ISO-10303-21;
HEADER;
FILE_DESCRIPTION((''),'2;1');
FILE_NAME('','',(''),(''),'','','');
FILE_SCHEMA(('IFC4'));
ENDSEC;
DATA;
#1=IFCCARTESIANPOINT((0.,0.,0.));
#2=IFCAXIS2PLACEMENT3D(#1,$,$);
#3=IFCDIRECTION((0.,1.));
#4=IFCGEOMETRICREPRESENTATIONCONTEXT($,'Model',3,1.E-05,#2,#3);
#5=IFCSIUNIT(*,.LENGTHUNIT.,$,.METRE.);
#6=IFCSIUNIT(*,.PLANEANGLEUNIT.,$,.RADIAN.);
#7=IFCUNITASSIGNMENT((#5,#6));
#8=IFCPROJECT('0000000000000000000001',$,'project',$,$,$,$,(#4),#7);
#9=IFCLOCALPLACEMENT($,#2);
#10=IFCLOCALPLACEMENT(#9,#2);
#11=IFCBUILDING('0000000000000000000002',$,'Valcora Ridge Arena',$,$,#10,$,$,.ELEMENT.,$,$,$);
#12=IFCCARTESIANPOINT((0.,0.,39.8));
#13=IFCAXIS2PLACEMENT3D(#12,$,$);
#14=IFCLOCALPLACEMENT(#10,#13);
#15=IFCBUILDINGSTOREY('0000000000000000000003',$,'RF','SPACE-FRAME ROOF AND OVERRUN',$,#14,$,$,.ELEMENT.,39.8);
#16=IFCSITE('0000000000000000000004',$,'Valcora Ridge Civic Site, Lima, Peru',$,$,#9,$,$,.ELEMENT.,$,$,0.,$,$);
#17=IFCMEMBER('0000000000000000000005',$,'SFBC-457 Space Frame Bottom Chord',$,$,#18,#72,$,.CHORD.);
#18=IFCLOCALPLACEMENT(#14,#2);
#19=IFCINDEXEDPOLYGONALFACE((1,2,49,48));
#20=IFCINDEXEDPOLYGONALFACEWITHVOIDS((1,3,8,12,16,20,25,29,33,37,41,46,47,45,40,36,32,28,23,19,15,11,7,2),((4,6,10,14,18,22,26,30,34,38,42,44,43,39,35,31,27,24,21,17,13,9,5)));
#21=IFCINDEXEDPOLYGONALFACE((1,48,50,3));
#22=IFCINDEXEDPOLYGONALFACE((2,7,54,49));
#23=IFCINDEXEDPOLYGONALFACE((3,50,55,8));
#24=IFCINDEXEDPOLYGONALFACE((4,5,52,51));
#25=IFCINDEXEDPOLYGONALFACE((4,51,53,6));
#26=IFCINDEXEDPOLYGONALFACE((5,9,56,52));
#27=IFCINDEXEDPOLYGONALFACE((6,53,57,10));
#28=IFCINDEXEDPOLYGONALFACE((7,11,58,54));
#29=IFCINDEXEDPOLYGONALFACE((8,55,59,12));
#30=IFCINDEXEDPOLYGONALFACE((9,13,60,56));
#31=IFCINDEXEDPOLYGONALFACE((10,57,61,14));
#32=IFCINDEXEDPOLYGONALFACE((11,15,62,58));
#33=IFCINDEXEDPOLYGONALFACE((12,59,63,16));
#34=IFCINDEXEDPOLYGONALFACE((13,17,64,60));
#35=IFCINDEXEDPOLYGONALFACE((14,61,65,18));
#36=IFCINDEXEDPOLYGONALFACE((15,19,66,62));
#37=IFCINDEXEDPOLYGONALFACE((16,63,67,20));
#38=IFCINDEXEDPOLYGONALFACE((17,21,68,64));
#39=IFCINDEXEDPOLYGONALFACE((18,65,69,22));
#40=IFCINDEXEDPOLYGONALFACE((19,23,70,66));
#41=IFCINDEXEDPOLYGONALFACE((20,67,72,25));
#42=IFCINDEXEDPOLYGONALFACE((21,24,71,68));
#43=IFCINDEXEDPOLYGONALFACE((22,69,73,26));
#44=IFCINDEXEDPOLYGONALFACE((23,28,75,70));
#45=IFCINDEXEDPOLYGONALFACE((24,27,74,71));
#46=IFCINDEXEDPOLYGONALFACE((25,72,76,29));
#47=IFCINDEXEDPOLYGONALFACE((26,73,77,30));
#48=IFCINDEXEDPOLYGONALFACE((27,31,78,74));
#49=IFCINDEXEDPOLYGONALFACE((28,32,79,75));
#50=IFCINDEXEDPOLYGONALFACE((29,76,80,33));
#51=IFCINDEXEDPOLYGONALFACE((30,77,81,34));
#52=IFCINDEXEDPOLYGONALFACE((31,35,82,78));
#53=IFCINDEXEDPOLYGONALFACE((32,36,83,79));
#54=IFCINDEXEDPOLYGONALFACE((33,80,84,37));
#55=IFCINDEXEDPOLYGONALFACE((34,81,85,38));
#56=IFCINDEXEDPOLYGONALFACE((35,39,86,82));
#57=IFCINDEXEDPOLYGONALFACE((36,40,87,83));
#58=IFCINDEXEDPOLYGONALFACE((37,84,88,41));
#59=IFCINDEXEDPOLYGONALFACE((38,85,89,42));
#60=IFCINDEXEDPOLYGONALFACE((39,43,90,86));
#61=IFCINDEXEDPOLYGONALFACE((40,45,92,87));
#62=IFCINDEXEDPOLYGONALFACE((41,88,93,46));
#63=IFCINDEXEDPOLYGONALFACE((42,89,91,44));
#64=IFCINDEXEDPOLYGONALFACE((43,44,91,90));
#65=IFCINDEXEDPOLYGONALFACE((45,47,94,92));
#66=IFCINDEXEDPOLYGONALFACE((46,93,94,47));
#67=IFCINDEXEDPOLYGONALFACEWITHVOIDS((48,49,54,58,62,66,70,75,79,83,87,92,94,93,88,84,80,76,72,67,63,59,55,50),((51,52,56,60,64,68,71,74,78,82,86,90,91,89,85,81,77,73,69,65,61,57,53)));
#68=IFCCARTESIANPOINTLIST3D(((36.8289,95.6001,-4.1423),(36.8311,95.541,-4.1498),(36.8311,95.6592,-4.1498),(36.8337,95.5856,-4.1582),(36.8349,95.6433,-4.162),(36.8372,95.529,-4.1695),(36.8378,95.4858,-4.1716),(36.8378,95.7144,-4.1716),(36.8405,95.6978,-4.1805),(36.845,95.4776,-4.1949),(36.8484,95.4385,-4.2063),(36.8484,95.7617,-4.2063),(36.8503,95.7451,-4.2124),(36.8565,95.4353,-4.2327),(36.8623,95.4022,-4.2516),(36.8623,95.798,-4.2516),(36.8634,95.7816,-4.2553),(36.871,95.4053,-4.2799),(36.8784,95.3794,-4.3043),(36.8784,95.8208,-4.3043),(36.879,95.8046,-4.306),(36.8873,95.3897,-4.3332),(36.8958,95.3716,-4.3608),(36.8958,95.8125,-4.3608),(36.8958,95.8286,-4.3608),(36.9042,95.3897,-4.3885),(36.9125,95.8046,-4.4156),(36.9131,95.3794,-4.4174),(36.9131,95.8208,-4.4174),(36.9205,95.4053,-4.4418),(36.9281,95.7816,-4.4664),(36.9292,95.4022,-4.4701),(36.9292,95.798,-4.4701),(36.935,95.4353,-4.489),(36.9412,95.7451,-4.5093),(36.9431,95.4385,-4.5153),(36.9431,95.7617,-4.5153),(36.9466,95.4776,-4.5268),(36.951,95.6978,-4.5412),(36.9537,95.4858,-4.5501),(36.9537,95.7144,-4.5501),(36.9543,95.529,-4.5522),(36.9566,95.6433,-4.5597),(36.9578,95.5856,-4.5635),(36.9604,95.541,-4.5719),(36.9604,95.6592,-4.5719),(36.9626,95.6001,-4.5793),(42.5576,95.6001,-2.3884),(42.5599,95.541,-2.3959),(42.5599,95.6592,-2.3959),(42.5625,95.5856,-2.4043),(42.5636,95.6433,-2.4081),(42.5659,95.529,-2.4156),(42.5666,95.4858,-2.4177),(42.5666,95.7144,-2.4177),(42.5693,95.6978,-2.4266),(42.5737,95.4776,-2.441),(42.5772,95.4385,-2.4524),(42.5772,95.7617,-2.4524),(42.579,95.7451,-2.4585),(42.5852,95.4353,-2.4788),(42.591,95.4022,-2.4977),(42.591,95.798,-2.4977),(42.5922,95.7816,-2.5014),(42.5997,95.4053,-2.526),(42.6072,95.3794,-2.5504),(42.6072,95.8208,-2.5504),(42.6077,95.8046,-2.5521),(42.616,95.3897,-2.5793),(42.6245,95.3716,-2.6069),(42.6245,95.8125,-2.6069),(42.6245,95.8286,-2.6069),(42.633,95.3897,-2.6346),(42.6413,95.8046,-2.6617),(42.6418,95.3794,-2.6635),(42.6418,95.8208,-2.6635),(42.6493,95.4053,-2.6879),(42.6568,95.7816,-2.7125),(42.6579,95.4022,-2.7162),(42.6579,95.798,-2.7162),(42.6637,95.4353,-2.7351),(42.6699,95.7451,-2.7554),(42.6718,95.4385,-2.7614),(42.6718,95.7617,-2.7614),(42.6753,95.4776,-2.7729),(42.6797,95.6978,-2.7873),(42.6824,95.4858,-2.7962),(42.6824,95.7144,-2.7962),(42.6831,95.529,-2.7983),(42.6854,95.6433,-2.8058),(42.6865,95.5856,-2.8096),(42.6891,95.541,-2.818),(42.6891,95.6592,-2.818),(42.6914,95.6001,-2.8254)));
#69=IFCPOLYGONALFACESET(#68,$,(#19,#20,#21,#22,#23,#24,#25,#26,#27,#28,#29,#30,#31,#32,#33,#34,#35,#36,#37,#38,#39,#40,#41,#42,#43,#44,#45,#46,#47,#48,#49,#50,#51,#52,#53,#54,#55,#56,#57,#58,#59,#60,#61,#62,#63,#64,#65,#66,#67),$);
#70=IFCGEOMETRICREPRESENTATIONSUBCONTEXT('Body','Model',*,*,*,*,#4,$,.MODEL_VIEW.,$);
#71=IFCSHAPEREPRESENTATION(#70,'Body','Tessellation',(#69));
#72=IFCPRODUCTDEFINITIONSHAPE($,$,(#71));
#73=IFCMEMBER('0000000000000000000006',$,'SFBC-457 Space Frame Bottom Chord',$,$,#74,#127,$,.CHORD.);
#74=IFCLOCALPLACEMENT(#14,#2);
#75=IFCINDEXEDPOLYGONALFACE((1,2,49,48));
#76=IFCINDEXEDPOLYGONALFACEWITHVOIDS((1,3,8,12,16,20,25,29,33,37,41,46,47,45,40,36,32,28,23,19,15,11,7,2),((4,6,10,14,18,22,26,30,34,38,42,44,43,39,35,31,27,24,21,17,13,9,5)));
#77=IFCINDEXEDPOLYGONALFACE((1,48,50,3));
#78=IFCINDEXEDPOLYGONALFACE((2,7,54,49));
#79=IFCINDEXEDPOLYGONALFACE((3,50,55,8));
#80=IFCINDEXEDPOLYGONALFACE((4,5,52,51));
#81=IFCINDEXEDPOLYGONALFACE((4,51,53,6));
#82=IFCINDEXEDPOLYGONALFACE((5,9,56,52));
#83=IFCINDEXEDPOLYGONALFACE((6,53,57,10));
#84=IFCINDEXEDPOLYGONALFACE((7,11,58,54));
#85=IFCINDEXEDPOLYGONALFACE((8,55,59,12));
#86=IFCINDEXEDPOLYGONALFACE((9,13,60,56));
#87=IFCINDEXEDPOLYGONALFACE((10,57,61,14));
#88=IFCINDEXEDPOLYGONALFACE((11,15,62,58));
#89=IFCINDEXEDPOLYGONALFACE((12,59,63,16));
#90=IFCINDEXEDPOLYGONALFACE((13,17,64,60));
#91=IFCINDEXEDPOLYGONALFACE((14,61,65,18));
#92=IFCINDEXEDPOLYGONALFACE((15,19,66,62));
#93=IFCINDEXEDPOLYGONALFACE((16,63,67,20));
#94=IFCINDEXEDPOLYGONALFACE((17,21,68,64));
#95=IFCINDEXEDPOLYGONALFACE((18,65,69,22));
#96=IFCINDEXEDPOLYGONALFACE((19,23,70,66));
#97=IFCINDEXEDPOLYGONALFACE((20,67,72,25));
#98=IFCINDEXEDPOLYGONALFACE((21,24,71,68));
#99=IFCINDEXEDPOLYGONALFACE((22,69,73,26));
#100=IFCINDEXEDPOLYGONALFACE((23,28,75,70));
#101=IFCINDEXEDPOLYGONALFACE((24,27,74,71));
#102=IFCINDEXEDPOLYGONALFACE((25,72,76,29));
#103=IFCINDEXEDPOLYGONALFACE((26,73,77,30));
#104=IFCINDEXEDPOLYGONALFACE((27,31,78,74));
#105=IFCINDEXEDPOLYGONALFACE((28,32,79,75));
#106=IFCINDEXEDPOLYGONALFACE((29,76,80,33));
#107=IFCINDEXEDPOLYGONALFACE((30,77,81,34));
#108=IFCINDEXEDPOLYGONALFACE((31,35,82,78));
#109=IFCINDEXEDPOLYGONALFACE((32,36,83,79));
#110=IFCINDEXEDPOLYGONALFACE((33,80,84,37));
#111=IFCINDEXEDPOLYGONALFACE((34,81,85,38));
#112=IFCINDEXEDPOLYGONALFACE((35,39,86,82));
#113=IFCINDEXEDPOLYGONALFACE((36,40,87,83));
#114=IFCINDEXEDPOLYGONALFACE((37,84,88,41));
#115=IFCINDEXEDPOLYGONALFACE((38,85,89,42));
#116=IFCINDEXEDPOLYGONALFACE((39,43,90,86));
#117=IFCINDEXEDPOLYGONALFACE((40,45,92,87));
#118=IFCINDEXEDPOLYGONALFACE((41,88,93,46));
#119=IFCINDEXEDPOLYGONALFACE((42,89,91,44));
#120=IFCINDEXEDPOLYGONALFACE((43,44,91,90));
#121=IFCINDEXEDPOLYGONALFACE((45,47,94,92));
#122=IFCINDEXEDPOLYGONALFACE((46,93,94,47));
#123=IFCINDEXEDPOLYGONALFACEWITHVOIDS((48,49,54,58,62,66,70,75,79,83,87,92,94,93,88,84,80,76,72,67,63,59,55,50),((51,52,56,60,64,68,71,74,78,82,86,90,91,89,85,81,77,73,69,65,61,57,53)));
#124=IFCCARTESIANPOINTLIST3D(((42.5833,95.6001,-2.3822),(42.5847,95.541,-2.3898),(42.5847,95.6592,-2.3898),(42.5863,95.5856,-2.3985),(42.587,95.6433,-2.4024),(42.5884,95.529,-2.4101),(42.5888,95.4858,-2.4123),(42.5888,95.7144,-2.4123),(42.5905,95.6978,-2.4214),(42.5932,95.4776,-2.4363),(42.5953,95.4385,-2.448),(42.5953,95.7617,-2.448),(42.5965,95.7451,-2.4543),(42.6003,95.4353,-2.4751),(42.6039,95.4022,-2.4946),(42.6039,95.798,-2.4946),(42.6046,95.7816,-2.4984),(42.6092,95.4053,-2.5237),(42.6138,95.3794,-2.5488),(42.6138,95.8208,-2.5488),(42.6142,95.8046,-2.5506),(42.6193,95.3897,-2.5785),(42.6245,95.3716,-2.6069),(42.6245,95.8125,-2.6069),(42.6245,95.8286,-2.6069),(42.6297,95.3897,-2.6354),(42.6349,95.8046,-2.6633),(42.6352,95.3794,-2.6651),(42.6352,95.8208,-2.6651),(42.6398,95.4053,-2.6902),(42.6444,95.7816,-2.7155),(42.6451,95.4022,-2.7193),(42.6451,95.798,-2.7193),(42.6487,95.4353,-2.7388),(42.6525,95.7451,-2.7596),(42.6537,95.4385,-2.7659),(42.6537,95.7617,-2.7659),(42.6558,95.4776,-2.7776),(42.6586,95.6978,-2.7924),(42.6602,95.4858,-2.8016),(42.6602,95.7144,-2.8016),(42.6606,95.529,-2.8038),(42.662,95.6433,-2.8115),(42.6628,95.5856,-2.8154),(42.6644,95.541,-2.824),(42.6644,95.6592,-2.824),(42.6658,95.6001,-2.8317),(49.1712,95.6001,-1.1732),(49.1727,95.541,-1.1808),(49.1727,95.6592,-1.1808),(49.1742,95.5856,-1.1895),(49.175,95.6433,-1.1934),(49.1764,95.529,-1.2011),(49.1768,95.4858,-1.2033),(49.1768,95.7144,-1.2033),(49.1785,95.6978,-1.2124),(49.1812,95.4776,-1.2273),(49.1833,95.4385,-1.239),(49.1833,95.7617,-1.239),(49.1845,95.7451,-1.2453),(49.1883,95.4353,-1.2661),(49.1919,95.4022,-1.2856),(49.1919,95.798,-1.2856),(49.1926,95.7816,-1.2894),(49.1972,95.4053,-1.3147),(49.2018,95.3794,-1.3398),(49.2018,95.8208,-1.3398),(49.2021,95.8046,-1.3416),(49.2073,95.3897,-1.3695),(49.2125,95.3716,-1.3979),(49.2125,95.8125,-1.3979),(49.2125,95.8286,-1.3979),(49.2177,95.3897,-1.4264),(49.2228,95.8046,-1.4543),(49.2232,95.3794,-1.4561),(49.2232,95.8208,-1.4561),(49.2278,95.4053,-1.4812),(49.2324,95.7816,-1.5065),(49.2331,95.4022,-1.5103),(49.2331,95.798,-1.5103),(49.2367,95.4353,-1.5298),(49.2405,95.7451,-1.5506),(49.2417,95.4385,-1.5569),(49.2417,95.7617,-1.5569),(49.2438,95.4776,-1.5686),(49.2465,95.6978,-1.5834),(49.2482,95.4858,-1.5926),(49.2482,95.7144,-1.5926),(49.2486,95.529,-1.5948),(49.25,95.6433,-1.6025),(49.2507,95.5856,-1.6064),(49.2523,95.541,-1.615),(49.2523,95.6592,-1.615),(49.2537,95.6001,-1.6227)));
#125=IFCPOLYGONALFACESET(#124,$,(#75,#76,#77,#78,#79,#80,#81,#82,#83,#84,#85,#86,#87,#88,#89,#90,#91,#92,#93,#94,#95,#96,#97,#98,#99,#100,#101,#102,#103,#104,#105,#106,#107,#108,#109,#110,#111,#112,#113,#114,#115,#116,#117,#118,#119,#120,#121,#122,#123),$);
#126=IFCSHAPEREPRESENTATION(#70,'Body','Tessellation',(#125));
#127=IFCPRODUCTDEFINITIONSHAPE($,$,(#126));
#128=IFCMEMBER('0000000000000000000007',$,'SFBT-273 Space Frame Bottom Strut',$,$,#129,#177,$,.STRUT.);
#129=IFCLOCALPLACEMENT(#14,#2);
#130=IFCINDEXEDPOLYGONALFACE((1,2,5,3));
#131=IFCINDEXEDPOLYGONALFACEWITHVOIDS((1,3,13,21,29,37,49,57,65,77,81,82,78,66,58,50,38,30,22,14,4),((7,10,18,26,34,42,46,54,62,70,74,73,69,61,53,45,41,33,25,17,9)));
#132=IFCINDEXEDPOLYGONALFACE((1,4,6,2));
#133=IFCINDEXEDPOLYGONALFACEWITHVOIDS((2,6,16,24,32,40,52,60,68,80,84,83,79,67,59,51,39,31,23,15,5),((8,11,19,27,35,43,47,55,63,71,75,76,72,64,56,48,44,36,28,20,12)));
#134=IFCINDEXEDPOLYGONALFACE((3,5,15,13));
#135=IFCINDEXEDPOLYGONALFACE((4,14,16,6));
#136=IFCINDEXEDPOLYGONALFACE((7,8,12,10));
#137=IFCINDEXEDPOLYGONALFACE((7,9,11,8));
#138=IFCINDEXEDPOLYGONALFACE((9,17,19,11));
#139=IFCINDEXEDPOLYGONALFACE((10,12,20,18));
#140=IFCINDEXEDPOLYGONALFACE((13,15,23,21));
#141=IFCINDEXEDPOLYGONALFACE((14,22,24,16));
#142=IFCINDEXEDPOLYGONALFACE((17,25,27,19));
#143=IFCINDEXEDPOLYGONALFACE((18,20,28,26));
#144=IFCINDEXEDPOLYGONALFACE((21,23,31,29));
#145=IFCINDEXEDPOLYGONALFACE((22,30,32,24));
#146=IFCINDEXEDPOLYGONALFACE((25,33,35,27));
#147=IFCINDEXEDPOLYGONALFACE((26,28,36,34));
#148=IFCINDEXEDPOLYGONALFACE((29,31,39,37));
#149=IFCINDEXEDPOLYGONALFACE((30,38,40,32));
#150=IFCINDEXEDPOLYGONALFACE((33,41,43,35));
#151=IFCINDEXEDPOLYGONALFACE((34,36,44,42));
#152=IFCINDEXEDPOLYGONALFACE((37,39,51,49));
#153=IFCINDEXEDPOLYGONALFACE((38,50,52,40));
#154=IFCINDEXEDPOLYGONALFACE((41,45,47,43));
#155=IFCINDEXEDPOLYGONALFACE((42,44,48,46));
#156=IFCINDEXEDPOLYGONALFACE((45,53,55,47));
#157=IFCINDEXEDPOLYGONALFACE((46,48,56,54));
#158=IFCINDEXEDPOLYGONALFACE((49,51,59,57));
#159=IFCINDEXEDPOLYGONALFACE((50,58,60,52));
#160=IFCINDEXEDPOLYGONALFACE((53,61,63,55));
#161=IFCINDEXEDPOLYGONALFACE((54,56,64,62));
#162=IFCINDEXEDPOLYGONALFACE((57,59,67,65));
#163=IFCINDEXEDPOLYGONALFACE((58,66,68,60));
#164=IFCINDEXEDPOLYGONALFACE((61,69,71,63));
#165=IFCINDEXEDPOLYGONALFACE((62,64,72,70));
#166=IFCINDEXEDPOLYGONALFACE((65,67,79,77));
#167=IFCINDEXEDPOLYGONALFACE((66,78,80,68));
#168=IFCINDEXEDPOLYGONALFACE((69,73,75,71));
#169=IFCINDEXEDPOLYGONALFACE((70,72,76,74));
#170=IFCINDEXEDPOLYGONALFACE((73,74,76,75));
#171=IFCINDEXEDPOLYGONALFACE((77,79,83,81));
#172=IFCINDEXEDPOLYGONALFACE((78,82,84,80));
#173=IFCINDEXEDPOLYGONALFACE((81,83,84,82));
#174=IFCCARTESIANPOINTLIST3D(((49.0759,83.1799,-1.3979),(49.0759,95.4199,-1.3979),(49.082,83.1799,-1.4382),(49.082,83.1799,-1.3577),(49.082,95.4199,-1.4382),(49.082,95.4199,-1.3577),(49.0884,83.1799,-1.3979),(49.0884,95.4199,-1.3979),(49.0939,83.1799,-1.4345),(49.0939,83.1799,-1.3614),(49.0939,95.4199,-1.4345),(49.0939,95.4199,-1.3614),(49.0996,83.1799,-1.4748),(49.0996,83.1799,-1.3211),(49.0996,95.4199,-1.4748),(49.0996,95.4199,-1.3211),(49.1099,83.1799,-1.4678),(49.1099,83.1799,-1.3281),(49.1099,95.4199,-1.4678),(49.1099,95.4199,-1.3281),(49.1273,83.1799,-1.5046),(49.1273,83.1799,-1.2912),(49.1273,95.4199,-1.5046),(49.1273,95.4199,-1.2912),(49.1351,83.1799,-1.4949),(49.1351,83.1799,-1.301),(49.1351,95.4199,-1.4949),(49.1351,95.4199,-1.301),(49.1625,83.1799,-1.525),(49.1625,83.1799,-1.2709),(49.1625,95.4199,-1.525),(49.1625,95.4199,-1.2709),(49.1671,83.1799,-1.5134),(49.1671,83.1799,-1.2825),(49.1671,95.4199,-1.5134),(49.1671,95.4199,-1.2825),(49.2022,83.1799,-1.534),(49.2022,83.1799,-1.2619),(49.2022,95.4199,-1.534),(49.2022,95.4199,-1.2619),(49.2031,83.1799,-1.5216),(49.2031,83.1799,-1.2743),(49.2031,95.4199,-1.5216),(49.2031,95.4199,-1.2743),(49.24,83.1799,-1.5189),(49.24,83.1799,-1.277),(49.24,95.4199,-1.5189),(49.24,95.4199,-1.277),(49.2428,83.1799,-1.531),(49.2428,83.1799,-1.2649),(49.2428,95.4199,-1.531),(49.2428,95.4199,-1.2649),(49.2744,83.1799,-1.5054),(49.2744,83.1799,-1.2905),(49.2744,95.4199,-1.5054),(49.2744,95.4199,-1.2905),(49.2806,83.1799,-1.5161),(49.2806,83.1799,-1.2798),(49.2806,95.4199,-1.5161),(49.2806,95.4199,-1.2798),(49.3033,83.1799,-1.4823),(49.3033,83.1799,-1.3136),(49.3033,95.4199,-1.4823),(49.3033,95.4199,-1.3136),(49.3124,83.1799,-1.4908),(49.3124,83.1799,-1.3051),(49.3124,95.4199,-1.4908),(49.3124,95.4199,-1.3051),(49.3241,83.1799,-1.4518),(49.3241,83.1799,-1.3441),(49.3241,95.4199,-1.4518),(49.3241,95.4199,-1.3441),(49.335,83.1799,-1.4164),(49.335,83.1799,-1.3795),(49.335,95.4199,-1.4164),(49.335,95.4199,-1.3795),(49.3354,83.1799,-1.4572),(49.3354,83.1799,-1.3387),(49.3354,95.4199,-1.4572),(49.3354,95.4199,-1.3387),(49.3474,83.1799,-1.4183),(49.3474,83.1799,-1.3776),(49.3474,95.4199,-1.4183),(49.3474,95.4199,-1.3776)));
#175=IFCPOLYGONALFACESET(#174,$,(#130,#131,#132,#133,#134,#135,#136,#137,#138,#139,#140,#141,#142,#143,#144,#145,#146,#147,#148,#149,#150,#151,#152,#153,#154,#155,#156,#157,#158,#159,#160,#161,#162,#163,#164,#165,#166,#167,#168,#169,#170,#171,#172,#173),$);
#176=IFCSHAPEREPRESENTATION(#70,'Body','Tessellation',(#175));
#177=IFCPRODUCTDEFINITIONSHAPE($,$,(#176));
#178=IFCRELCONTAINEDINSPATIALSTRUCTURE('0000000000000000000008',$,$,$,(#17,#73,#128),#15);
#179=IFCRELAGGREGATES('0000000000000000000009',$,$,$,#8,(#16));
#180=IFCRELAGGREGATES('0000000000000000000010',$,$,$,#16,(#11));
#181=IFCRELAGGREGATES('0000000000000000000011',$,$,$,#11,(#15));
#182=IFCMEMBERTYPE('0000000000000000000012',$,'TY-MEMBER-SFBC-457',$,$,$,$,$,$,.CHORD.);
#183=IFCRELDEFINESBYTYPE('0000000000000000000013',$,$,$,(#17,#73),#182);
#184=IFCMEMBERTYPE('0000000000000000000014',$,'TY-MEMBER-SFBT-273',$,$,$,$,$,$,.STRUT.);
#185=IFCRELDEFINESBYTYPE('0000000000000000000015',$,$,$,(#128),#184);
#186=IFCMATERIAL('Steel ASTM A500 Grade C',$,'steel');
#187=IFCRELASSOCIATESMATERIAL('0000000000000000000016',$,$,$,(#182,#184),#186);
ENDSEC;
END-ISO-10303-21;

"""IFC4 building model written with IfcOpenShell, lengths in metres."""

from ifc_helpers import new_model, si_unit, direction, frame, origin, origin_2d, place, context, subcontext, project, spatial, hollow_circle, extrude, material, material_profile, profile_set, type_object, element, save


model = new_model("IFC4")

# Units and contexts
model_context = context("Model", 3, precision=1e-05, world=origin(), true_north=direction((0.0, 1.0)))
body_context = subcontext(model_context, "Body", "Model", "MODEL_VIEW")
ifc_project = project(units=[si_unit("LENGTHUNIT", "METRE"), si_unit("PLANEANGLEUNIT", "RADIAN")], contexts=[model_context])

# Site, building, storey
site_placement = place(None, origin())
site = spatial("IfcSite", under=ifc_project, at=site_placement, Name="Valcora Ridge Civic Site, Lima, Peru", CompositionType="ELEMENT", RefElevation=0.0)
building_placement = place(site_placement, origin())
building = spatial("IfcBuilding", under=site, at=building_placement, Name="Valcora Ridge Arena", CompositionType="ELEMENT")
storey_placement = place(building_placement, frame((0.0, 0.0, 39.8)))
storey = spatial("IfcBuildingStorey", under=building, at=storey_placement, Name="RF", Description="SPACE-FRAME ROOF AND OVERRUN", CompositionType="ELEMENT", Elevation=39.8)

# Members
ifc_material_1 = material(Name="Steel ASTM A500 Grade C", Category="steel")
ifc_material_profile_1 = material_profile(ifc_material_1, hollow_circle(Radius=0.2285, WallThickness=0.0161, at=origin_2d()), Name="CHS457X16")
ifc_profile_set_1 = profile_set([ifc_material_profile_1], Name="Steel ASTM A500 Grade C")
member_type_1 = type_object("IfcMemberType", Name="TY-MEMBER-SFBC-457", PredefinedType="CHORD", material=ifc_profile_set_1)
member_1_placement = place(storey_placement, frame((36.8958, 95.6001, -4.3608), z_axis=(0.95619, 0.0, 0.292745), x_axis=(0.0, 1.0, 0.0)))
element("IfcMember", 1, at=member_1_placement, inside=storey, type_object=member_type_1, Name="SFBC-457 Space Frame Bottom Chord", PredefinedType="CHORD", context=body_context, shape_type="SweptSolid", body=[
    extrude(hollow_circle(Radius=0.2285, WallThickness=0.0161, at=origin_2d()), origin(), (0.0, 0.0, 1.0), 5.9912),
])
member_2_placement = place(storey_placement, frame((42.6245, 95.6001, -2.6069), z_axis=(0.983575, 0.0, 0.180502), x_axis=(0.0, 1.0, 0.0)))
element("IfcMember", 2, at=member_2_placement, inside=storey, type_object=member_type_1, Name="SFBC-457 Space Frame Bottom Chord", PredefinedType="CHORD", context=body_context, shape_type="SweptSolid", body=[
    extrude(hollow_circle(Radius=0.2285, WallThickness=0.0161, at=origin_2d()), origin(), (0.0, 0.0, 1.0), 6.698),
])
ifc_material_profile_2 = material_profile(ifc_material_1, hollow_circle(Radius=0.1365, WallThickness=0.0125, at=origin_2d()), Name="CHS273X12")
ifc_profile_set_2 = profile_set([ifc_material_profile_2], Name="Steel ASTM A500 Grade C")
member_type_2 = type_object("IfcMemberType", Name="TY-MEMBER-SFBT-273", PredefinedType="STRUT", material=ifc_profile_set_2)
member_3_placement = place(storey_placement, frame((49.2124, 83.1799, -1.3979), z_axis=(0.0, 1.0, 0.0), x_axis=(-1.0, 0.0, 0.0)))
element("IfcMember", 3, at=member_3_placement, inside=storey, type_object=member_type_2, Name="SFBT-273 Space Frame Bottom Strut", PredefinedType="STRUT", context=body_context, shape_type="SweptSolid", body=[
    extrude(hollow_circle(Radius=0.1365, WallThickness=0.0125, at=origin_2d()), origin(), (0.0, 0.0, 1.0), 12.24),
])

save(model, "model.ifc")
